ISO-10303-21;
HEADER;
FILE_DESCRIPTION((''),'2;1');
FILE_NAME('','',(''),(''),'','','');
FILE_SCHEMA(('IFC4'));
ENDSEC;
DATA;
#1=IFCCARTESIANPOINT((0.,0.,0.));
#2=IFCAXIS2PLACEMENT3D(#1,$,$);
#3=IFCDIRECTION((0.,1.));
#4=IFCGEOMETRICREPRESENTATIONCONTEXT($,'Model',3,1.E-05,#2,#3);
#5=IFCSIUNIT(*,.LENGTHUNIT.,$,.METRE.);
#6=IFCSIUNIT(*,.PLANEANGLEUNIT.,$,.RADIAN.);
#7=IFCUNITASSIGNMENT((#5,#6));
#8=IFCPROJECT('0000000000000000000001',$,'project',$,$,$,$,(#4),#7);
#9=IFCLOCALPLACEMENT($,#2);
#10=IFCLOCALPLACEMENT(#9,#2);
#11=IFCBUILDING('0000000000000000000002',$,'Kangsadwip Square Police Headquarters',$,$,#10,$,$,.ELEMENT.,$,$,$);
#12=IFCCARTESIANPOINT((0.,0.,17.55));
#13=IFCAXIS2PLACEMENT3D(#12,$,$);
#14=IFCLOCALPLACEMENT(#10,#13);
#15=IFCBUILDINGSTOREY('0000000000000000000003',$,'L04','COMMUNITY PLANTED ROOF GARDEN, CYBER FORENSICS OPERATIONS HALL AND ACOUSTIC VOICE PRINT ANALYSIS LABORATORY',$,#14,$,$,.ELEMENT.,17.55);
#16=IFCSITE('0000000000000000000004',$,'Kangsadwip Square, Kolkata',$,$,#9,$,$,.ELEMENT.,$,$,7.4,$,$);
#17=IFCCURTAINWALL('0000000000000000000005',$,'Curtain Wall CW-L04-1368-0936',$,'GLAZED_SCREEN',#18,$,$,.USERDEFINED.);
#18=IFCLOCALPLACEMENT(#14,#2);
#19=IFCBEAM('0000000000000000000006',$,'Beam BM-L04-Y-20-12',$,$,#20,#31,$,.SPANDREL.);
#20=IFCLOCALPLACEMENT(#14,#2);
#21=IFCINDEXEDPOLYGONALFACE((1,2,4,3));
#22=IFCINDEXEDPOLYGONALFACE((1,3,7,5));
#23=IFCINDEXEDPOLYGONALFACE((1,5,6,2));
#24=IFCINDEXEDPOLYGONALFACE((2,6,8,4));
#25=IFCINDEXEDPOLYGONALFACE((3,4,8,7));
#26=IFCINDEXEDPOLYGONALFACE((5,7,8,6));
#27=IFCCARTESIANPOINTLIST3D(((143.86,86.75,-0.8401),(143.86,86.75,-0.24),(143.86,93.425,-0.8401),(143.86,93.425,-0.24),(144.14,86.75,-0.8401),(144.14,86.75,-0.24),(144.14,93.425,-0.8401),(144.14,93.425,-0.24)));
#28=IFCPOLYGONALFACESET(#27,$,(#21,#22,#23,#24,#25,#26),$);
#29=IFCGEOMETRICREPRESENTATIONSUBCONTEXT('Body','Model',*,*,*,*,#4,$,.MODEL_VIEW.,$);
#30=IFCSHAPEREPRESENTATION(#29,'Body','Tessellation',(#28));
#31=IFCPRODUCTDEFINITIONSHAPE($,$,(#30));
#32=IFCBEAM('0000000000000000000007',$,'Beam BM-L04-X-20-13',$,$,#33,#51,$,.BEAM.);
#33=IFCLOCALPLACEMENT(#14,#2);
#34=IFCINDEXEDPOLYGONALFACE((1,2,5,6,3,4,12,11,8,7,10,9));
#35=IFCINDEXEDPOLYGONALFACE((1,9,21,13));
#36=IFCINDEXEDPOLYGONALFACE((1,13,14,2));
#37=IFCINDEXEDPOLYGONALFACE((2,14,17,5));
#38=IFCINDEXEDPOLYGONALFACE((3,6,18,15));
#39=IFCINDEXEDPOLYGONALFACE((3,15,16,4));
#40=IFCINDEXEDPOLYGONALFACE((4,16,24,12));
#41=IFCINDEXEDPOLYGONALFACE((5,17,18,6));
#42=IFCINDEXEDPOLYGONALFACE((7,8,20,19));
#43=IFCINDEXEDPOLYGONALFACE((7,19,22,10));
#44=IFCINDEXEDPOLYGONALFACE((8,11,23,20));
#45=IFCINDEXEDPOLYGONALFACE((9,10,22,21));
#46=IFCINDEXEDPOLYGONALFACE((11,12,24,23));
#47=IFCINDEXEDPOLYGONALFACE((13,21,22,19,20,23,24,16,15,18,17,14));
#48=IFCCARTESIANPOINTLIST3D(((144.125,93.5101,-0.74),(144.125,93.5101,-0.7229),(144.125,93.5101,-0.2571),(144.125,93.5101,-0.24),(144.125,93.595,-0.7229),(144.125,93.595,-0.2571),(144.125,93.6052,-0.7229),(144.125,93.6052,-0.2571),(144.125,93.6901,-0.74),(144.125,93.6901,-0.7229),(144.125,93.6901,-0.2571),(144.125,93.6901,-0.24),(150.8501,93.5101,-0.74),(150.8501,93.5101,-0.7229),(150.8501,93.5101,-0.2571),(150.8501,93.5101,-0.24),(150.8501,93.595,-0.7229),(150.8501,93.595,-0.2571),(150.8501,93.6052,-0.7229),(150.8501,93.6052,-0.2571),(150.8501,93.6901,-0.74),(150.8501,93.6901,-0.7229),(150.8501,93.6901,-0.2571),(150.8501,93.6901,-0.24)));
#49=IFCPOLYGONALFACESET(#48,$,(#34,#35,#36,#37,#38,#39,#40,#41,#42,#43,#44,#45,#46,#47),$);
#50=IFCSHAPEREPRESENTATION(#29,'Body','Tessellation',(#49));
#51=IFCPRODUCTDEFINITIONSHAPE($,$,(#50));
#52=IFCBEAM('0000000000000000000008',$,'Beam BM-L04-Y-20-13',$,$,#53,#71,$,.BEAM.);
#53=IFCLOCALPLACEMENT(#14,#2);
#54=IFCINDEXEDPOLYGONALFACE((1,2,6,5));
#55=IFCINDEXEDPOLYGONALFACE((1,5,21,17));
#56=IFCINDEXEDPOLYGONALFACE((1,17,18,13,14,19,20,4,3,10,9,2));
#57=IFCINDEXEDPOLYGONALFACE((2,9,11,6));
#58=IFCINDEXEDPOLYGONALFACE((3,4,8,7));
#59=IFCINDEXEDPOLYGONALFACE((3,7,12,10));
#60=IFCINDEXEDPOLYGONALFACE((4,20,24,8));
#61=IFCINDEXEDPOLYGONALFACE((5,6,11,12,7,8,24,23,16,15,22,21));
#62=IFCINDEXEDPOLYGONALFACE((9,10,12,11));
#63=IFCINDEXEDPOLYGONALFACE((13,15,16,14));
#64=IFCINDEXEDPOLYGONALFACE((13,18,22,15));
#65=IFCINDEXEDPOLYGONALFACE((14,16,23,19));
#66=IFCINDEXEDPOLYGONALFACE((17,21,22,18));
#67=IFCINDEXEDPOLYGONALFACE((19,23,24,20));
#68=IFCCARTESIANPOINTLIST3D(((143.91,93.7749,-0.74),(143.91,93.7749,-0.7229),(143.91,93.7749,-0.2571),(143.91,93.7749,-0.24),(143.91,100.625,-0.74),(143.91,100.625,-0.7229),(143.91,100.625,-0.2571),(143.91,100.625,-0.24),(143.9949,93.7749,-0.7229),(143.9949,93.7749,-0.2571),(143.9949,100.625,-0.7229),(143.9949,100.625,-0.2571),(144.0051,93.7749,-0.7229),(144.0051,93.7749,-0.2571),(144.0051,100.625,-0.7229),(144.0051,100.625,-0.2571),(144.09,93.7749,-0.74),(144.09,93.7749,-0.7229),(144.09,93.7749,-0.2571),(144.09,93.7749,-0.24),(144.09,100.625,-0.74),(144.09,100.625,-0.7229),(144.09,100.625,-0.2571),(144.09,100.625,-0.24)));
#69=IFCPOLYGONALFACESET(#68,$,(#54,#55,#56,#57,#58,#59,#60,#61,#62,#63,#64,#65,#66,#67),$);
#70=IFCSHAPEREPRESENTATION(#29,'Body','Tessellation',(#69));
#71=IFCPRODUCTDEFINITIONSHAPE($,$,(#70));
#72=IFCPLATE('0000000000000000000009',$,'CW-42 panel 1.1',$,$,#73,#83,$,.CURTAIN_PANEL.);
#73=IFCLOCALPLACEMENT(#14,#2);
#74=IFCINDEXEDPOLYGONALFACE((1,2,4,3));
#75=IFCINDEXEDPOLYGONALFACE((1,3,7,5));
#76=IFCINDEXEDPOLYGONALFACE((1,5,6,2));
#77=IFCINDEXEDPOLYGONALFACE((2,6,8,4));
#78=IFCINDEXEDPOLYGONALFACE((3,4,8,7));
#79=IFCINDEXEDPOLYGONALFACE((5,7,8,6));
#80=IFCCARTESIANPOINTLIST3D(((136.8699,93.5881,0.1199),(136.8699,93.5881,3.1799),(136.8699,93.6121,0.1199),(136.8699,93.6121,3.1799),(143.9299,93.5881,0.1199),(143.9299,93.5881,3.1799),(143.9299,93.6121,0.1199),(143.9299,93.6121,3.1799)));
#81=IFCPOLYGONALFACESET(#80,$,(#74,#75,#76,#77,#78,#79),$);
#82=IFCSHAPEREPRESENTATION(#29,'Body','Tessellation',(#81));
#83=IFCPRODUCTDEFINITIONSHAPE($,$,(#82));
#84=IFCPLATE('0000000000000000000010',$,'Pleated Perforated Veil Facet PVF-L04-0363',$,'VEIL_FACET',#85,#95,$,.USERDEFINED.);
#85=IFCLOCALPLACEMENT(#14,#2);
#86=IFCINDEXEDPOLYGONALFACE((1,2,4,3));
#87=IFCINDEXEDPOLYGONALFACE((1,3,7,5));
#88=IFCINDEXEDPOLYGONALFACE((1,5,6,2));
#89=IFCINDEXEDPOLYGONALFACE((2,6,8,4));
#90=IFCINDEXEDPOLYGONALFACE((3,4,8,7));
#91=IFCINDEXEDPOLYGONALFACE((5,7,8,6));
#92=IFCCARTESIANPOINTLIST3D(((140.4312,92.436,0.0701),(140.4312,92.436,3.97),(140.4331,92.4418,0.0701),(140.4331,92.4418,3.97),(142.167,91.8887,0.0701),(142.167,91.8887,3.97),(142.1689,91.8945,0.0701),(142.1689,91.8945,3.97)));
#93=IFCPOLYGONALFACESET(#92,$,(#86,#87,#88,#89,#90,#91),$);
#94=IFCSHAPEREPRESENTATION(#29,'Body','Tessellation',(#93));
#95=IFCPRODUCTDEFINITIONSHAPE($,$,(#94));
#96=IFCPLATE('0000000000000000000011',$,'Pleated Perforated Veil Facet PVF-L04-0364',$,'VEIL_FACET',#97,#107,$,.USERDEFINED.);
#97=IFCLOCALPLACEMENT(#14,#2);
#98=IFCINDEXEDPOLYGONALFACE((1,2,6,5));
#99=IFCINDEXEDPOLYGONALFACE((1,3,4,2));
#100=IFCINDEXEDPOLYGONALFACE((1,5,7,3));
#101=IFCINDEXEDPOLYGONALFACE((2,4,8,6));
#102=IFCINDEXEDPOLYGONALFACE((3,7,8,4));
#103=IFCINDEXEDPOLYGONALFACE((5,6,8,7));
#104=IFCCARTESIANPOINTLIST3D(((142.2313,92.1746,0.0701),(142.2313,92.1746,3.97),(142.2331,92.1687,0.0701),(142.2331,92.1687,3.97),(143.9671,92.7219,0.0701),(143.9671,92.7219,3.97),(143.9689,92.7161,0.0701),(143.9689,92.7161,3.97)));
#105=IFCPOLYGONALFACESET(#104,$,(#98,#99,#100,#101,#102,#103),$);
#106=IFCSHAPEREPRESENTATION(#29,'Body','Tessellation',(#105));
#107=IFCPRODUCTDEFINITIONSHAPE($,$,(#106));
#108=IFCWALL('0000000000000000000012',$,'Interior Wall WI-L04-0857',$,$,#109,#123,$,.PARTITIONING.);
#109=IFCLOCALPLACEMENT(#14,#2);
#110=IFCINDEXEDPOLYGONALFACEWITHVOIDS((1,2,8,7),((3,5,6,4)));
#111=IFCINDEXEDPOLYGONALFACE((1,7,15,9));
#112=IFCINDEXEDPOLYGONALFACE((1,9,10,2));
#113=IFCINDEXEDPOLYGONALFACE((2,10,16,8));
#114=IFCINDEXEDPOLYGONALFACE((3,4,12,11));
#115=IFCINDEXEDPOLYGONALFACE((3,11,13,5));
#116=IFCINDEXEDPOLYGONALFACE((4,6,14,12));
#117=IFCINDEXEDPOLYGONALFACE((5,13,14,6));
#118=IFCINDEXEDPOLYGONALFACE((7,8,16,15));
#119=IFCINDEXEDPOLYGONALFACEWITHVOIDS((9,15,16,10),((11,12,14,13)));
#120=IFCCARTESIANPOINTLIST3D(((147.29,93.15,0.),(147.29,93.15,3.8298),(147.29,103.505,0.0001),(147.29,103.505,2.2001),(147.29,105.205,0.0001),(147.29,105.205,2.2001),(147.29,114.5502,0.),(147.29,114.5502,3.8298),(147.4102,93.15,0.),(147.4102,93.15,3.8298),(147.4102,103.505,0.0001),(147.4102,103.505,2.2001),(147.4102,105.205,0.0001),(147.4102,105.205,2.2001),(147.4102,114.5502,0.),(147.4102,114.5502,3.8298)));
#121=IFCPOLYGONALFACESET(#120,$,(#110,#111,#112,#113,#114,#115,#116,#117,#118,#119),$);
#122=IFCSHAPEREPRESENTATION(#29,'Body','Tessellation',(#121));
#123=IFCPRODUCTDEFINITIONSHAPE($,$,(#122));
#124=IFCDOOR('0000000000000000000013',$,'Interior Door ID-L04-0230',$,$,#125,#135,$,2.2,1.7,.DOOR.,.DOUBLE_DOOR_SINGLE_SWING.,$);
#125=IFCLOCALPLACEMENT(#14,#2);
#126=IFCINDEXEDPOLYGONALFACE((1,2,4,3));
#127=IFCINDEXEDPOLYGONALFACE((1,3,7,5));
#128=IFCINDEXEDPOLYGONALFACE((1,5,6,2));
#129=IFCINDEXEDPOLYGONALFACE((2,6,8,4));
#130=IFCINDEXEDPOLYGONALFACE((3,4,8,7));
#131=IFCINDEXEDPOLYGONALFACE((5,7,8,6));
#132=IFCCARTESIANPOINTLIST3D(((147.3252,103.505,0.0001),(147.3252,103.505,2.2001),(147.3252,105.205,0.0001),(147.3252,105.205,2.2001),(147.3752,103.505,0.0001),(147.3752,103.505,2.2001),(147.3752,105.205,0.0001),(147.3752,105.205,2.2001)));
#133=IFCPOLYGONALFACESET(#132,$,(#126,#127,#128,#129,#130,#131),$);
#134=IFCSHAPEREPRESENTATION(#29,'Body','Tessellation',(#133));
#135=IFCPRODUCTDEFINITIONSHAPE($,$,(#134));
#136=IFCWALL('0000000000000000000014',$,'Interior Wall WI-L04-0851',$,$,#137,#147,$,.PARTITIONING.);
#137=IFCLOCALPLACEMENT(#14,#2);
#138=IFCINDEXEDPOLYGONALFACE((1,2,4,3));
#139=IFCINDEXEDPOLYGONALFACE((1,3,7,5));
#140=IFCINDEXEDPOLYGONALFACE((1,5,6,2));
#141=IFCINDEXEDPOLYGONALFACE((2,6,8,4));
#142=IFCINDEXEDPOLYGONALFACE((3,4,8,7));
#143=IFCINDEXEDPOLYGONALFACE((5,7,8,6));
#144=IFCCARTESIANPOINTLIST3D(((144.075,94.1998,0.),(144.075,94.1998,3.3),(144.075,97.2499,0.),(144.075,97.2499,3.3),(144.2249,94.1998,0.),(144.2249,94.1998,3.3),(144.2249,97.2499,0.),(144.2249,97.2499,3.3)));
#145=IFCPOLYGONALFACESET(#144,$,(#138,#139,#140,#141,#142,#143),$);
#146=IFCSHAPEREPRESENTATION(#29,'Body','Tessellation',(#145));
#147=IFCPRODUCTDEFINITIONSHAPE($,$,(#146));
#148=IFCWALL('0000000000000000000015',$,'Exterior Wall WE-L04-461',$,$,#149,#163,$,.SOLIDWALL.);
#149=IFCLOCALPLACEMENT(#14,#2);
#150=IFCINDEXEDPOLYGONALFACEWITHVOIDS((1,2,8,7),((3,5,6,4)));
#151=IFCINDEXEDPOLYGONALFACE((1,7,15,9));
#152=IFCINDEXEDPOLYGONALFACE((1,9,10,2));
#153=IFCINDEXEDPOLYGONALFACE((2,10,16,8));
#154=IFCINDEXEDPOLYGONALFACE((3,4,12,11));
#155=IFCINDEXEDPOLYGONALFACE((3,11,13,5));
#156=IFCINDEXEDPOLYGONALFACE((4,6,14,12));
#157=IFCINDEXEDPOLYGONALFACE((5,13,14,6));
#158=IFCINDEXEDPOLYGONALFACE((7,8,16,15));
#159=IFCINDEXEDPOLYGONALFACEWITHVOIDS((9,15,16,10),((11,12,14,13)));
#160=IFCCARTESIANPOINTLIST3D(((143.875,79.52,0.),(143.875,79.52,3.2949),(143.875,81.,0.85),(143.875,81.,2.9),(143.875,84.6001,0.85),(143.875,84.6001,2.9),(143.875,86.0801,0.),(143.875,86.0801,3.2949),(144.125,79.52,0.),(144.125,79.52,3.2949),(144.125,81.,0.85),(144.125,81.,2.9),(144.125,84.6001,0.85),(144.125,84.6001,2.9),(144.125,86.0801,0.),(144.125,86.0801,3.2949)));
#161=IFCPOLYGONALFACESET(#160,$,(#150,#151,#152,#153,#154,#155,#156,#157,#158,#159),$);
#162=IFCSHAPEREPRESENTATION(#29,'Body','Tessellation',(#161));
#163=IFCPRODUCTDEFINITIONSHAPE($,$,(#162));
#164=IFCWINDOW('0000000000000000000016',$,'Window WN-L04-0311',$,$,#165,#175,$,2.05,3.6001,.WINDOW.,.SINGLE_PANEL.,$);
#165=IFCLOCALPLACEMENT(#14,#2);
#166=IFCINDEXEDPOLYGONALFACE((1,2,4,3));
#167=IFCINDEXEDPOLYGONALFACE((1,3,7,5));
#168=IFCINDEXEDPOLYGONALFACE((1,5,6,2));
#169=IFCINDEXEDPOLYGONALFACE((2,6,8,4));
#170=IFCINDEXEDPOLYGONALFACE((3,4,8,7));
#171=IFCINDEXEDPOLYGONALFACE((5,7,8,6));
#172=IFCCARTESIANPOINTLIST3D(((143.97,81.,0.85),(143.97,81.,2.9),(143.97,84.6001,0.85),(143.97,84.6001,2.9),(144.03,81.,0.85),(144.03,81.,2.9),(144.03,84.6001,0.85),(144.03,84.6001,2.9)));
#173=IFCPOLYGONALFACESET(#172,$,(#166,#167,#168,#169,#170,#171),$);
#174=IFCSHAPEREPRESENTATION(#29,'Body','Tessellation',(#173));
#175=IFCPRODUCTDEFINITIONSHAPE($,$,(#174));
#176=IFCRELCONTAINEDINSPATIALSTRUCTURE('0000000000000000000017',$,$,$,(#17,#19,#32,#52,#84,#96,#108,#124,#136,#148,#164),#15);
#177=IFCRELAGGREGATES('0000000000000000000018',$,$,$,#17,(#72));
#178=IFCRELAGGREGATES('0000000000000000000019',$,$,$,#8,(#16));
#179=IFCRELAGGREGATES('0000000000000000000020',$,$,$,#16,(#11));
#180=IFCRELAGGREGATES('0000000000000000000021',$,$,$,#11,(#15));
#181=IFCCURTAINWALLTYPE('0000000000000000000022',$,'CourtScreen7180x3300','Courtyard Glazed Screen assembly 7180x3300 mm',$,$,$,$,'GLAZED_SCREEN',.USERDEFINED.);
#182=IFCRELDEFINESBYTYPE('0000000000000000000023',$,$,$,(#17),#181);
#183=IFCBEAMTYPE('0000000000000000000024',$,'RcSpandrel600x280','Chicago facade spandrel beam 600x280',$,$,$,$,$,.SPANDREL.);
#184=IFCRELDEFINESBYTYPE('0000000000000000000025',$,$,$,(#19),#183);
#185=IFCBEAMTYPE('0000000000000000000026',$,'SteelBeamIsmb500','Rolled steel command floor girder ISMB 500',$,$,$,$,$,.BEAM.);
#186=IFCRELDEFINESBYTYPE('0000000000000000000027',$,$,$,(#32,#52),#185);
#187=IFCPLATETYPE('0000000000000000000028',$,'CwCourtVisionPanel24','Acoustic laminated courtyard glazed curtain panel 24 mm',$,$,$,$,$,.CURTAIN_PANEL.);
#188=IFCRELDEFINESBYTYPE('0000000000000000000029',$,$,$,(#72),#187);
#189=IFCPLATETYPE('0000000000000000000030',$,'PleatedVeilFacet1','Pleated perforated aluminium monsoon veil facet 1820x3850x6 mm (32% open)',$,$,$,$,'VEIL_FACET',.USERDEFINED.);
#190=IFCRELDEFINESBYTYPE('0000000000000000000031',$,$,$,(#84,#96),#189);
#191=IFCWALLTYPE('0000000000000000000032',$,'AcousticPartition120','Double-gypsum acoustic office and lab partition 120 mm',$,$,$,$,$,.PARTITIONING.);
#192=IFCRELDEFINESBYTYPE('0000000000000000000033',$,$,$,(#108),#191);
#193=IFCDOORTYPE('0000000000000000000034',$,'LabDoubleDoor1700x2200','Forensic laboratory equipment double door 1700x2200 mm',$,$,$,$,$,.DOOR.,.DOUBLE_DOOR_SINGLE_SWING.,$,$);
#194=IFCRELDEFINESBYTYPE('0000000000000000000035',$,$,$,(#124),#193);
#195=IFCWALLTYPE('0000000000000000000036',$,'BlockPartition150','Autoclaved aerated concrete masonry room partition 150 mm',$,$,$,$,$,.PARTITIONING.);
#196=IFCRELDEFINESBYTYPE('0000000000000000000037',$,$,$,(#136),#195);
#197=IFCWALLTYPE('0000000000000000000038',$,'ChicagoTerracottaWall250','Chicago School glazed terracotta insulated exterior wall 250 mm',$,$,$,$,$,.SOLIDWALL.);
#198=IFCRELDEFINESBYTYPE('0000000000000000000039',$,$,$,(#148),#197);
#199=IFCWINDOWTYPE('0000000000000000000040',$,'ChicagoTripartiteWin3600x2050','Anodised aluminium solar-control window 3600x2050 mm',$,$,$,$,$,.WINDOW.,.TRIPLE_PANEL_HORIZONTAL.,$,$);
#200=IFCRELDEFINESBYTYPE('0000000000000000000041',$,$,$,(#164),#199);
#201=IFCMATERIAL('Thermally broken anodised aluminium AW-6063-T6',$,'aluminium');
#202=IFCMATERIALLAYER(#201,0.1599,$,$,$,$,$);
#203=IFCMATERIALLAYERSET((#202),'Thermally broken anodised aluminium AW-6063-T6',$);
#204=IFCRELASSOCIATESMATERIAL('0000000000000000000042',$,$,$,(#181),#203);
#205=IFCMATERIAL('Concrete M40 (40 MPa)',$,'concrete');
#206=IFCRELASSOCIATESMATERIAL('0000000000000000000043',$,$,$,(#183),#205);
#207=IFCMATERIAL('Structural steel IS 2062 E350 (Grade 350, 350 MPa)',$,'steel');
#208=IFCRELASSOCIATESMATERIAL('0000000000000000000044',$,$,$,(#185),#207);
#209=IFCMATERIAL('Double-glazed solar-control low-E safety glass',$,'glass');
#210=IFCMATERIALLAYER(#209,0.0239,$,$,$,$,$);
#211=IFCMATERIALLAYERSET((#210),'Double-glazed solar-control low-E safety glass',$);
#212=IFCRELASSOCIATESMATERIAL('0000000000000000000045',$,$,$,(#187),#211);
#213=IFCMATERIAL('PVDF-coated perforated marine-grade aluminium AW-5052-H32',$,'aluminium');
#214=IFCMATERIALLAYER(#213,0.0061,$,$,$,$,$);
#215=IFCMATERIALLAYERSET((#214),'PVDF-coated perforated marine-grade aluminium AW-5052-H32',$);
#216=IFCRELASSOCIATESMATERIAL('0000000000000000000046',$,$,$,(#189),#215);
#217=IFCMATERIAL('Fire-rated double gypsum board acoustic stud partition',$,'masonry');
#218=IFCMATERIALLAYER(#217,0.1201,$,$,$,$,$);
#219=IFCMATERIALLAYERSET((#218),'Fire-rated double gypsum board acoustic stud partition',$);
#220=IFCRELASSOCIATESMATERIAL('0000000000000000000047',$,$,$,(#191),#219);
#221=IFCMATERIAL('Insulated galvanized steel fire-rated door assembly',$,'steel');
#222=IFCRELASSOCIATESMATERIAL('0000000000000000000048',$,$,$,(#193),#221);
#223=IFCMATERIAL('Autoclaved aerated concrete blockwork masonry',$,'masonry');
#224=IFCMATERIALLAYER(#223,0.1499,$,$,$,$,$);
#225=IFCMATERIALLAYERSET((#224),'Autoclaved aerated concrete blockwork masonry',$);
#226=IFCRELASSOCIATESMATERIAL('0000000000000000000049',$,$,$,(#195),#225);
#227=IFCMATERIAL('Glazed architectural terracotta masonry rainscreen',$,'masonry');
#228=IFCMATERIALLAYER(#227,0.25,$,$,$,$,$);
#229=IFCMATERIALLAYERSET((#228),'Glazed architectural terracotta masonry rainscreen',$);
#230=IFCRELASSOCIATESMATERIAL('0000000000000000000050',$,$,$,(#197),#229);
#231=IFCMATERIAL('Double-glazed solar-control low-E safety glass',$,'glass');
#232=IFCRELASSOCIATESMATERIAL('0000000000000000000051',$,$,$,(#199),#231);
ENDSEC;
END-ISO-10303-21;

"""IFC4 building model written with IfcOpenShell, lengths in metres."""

from ifc_helpers import new_model, si_unit, direction, frame, frame_2d, origin, origin_2d, place, context, subcontext, project, spatial, rectangle, i_section, extrude, material, layer, layer_set, material_profile, profile_set, type_object, element, fill, aggregate, save


model = new_model("IFC4")

# Units and contexts
model_context = context("Model", 3, precision=1e-05, world=origin(), true_north=direction((0.0, 1.0)))
body_context = subcontext(model_context, "Body", "Model", "MODEL_VIEW")
ifc_project = project(units=[si_unit("LENGTHUNIT", "METRE"), si_unit("PLANEANGLEUNIT", "RADIAN")], contexts=[model_context])

# Site, building, storey
site_placement = place(None, origin())
site = spatial("IfcSite", under=ifc_project, at=site_placement, Name="Kangsadwip Square, Kolkata", CompositionType="ELEMENT", RefElevation=7.4)
building_placement = place(site_placement, origin())
building = spatial("IfcBuilding", under=site, at=building_placement, Name="Kangsadwip Square Police Headquarters", CompositionType="ELEMENT")
storey_placement = place(building_placement, frame((0.0, 0.0, 17.55)))
storey = spatial("IfcBuildingStorey", under=building, at=storey_placement, Name="L04", Description="COMMUNITY PLANTED ROOF GARDEN, CYBER FORENSICS OPERATIONS HALL AND ACOUSTIC VOICE PRINT ANALYSIS LABORATORY", CompositionType="ELEMENT", Elevation=17.55)

# Curtain wall
ifc_material_1 = material(Name="Thermally broken anodised aluminium AW-6063-T6", Category="aluminium")
ifc_layer_1 = layer(ifc_material_1, 0.1599)
ifc_layer_set_1 = layer_set([ifc_layer_1], Name="Thermally broken anodised aluminium AW-6063-T6")
curtain_wall_type = type_object("IfcCurtainWallType", Name="CourtScreen7180x3300", Description="Courtyard Glazed Screen assembly 7180x3300 mm", ElementType="GLAZED_SCREEN", PredefinedType="USERDEFINED", material=ifc_layer_set_1)
curtain_wall_placement = place(storey_placement, origin())
curtain_wall = element("IfcCurtainWall", 1, at=curtain_wall_placement, inside=storey, type_object=curtain_wall_type, Name="Curtain Wall CW-L04-1368-0936", ObjectType="GLAZED_SCREEN", PredefinedType="USERDEFINED")

# Beams
ifc_material_2 = material(Name="Concrete M40 (40 MPa)", Category="concrete")
ifc_material_profile_1 = material_profile(ifc_material_2, rectangle(XDim=0.28, YDim=0.6001, at=origin_2d()), Name="RC SPN 600X280")
ifc_profile_set_1 = profile_set([ifc_material_profile_1], Name="Concrete M40 (40 MPa)")
beam_type_1 = type_object("IfcBeamType", Name="RcSpandrel600x280", Description="Chicago facade spandrel beam 600x280", PredefinedType="SPANDREL", material=ifc_profile_set_1)
beam_1_placement = place(storey_placement, frame((144.0, 86.75, -0.54), z_axis=(0.0, 1.0, 0.0), x_axis=(-1.0, 0.0, 0.0)))
element("IfcBeam", 2, at=beam_1_placement, inside=storey, type_object=beam_type_1, Name="Beam BM-L04-Y-20-12", PredefinedType="SPANDREL", context=body_context, shape_type="SweptSolid", body=[
    extrude(rectangle(XDim=0.28, YDim=0.6001, at=origin_2d()), origin(), (0.0, 0.0, 1.0), 6.675),
])
ifc_material_3 = material(Name="Structural steel IS 2062 E350 (Grade 350, 350 MPa)", Category="steel")
ifc_material_profile_2 = material_profile(ifc_material_3, i_section(OverallWidth=0.1799, OverallDepth=0.5, WebThickness=0.0103, FlangeThickness=0.0171, at=origin_2d()), Name="ISMB 500")
ifc_profile_set_2 = profile_set([ifc_material_profile_2], Name="Structural steel IS 2062 E350 (Grade 350, 350 MPa)")
beam_type_2 = type_object("IfcBeamType", Name="SteelBeamIsmb500", Description="Rolled steel command floor girder ISMB 500", PredefinedType="BEAM", material=ifc_profile_set_2)
beam_2_placement = place(storey_placement, frame((144.125, 93.6001, -0.49), z_axis=(1.0, 0.0, 0.0), x_axis=(0.0, 1.0, 0.0)))
element("IfcBeam", 3, at=beam_2_placement, inside=storey, type_object=beam_type_2, Name="Beam BM-L04-X-20-13", PredefinedType="BEAM", context=body_context, shape_type="SweptSolid", body=[
    extrude(i_section(OverallWidth=0.1799, OverallDepth=0.5, WebThickness=0.0103, FlangeThickness=0.0171, at=origin_2d()), origin(), (0.0, 0.0, 1.0), 6.7251),
])
beam_3_placement = place(storey_placement, frame((144.0, 93.7749, -0.49), z_axis=(0.0, 1.0, 0.0), x_axis=(-1.0, 0.0, 0.0)))
element("IfcBeam", 4, at=beam_3_placement, inside=storey, type_object=beam_type_2, Name="Beam BM-L04-Y-20-13", PredefinedType="BEAM", context=body_context, shape_type="SweptSolid", body=[
    extrude(i_section(OverallWidth=0.1799, OverallDepth=0.5, WebThickness=0.0103, FlangeThickness=0.0171, at=origin_2d()), origin(), (0.0, 0.0, 1.0), 6.8501),
])

# Plate
ifc_material_4 = material(Name="Double-glazed solar-control low-E safety glass", Category="glass")
ifc_layer_2 = layer(ifc_material_4, 0.0239)
ifc_layer_set_2 = layer_set([ifc_layer_2], Name="Double-glazed solar-control low-E safety glass")
plate_type_1 = type_object("IfcPlateType", Name="CwCourtVisionPanel24", Description="Acoustic laminated courtyard glazed curtain panel 24 mm", PredefinedType="CURTAIN_PANEL", material=ifc_layer_set_2)
plate_placement = place(storey_placement, frame((140.3999, 93.6001, 0.1199), z_axis=(0.0, 0.0, 1.0), x_axis=(1.0, 0.0, 0.0)))
plate = element("IfcPlate", 5, at=plate_placement, type_object=plate_type_1, Name="CW-42 panel 1.1", PredefinedType="CURTAIN_PANEL", context=body_context, shape_type="SweptSolid", body=[
    extrude(rectangle(XDim=7.0601, YDim=0.0239, at=origin_2d()), origin(), (0.0, 0.0, 1.0), 3.0601),
])
aggregate(curtain_wall, [plate])

# Plates
ifc_material_5 = material(Name="PVDF-coated perforated marine-grade aluminium AW-5052-H32", Category="aluminium")
ifc_layer_3 = layer(ifc_material_5, 0.0061)
ifc_layer_set_3 = layer_set([ifc_layer_3], Name="PVDF-coated perforated marine-grade aluminium AW-5052-H32")
plate_type_2 = type_object("IfcPlateType", Name="PleatedVeilFacet1", Description="Pleated perforated aluminium monsoon veil facet 1820x3850x6 mm (32% open)", ElementType="VEIL_FACET", PredefinedType="USERDEFINED", material=ifc_layer_set_3)
for number, where, z_axis, x_axis, name in (
    (6, (141.3, 92.1653, 0.0701), (0.0, 0.0, 1.0), (0.953717, -0.300706, 0.0), "Pleated Perforated Veil Facet PVF-L04-0363"),
    (7, (143.1001, 92.4453, 0.0701), (0.0, 0.0, 1.0), (0.953717, 0.300706, 0.0), "Pleated Perforated Veil Facet PVF-L04-0364"),
):
    element("IfcPlate", number, at=place(storey_placement, frame(where, z_axis=z_axis, x_axis=x_axis)), inside=storey, type_object=plate_type_2, Name=name, ObjectType="VEIL_FACET", PredefinedType="USERDEFINED", context=body_context, shape_type="SweptSolid", body=[
        extrude(rectangle(XDim=1.8201, YDim=0.0061, at=origin_2d()), origin(), (0.0, 0.0, 1.0), 3.8999),
    ])

# Wall, opening, door
ifc_material_6 = material(Name="Fire-rated double gypsum board acoustic stud partition", Category="masonry")
ifc_layer_4 = layer(ifc_material_6, 0.1201)
ifc_layer_set_4 = layer_set([ifc_layer_4], Name="Fire-rated double gypsum board acoustic stud partition")
wall_type_1 = type_object("IfcWallType", Name="AcousticPartition120", Description="Double-gypsum acoustic office and lab partition 120 mm", PredefinedType="PARTITIONING", material=ifc_layer_set_4)
wall_1_placement = place(storey_placement, frame((147.3501, 93.1499, 0.0), z_axis=(0.0, 0.0, 1.0), x_axis=(0.0, 1.0, 0.0)))
wall_1 = element("IfcWall", 8, at=wall_1_placement, inside=storey, type_object=wall_type_1, Name="Interior Wall WI-L04-0857", PredefinedType="PARTITIONING", context=body_context, shape_type="SweptSolid", body=[
    extrude(rectangle(XDim=21.4001, YDim=0.1201, at=frame_2d((10.7002, 0.0))), origin(), (0.0, 0.0, 1.0), 3.8298),
])
opening_1_placement = place(wall_1_placement, frame((10.355, 0.0, 0.0)))
opening_1 = element("IfcOpeningElement", 9, at=opening_1_placement, cuts=wall_1, PredefinedType="OPENING", context=body_context, shape_type="SweptSolid", body=[
    extrude(rectangle(XDim=1.7, YDim=2.2, at=frame_2d((0.8501, 1.1001))), frame((0.0, 0.0701, 0.0), z_axis=(0.0, -1.0, 0.0), x_axis=(1.0, 0.0, 0.0)), (0.0, 0.0, 1.0), 0.1401),
])
ifc_material_7 = material(Name="Insulated galvanized steel fire-rated door assembly", Category="steel")
door_type_1 = type_object("IfcDoorType", Name="LabDoubleDoor1700x2200", Description="Forensic laboratory equipment double door 1700x2200 mm", OperationType="DOUBLE_DOOR_SINGLE_SWING", PredefinedType="DOOR", material=ifc_material_7)
door_1_placement = place(opening_1_placement, origin())
door_1 = element("IfcDoor", 10, at=door_1_placement, inside=storey, type_object=door_type_1, Name="Interior Door ID-L04-0230", OperationType="DOUBLE_DOOR_SINGLE_SWING", OverallHeight=2.2, OverallWidth=1.7, PredefinedType="DOOR", context=body_context, shape_type="SweptSolid", body=[
    extrude(rectangle(XDim=1.7, YDim=2.2, at=frame_2d((0.8501, 1.1001))), frame((0.0, 0.0249, 0.0), z_axis=(0.0, -1.0, 0.0), x_axis=(1.0, 0.0, 0.0)), (0.0, 0.0, 1.0), 0.05),
])
fill(opening_1, door_1)

# Wall
ifc_material_8 = material(Name="Autoclaved aerated concrete blockwork masonry", Category="masonry")
ifc_layer_5 = layer(ifc_material_8, 0.1499)
ifc_layer_set_5 = layer_set([ifc_layer_5], Name="Autoclaved aerated concrete blockwork masonry")
wall_type_2 = type_object("IfcWallType", Name="BlockPartition150", Description="Autoclaved aerated concrete masonry room partition 150 mm", PredefinedType="PARTITIONING", material=ifc_layer_set_5)
wall_2_placement = place(storey_placement, frame((144.1499, 94.2, 0.0), z_axis=(0.0, 0.0, 1.0), x_axis=(0.0, 1.0, 0.0)))
element("IfcWall", 11, at=wall_2_placement, inside=storey, type_object=wall_type_2, Name="Interior Wall WI-L04-0851", PredefinedType="PARTITIONING", context=body_context, shape_type="SweptSolid", body=[
    extrude(rectangle(XDim=3.05, YDim=0.1499, at=frame_2d((1.5249, 0.0))), origin(), (0.0, 0.0, 1.0), 3.3),
])

# Wall, opening, window
ifc_material_9 = material(Name="Glazed architectural terracotta masonry rainscreen", Category="masonry")
ifc_layer_6 = layer(ifc_material_9, 0.25)
ifc_layer_set_6 = layer_set([ifc_layer_6], Name="Glazed architectural terracotta masonry rainscreen")
wall_type_3 = type_object("IfcWallType", Name="ChicagoTerracottaWall250", Description="Chicago School glazed terracotta insulated exterior wall 250 mm", PredefinedType="SOLIDWALL", material=ifc_layer_set_6)
wall_3_placement = place(storey_placement, frame((144.0, 79.52, 0.0), z_axis=(0.0, 0.0, 1.0), x_axis=(0.0, 1.0, 0.0)))
wall_3 = element("IfcWall", 12, at=wall_3_placement, inside=storey, type_object=wall_type_3, Name="Exterior Wall WE-L04-461", PredefinedType="SOLIDWALL", context=body_context, shape_type="SweptSolid", body=[
    extrude(rectangle(XDim=6.5601, YDim=0.25, at=frame_2d((3.28, 0.0))), origin(), (0.0, 0.0, 1.0), 3.2949),
])
opening_2_placement = place(wall_3_placement, frame((1.48, 0.0, 0.8501)))
opening_2 = element("IfcOpeningElement", 13, at=opening_2_placement, cuts=wall_3, PredefinedType="OPENING", context=body_context, shape_type="SweptSolid", body=[
    extrude(rectangle(XDim=3.6001, YDim=2.05, at=frame_2d((1.8, 1.0249))), frame((0.0, 0.135, 0.0), z_axis=(0.0, -1.0, 0.0), x_axis=(1.0, 0.0, 0.0)), (0.0, 0.0, 1.0), 0.27),
])
ifc_material_10 = material(Name="Double-glazed solar-control low-E safety glass", Category="glass")
window_type_1 = type_object("IfcWindowType", Name="ChicagoTripartiteWin3600x2050", Description="Anodised aluminium solar-control window 3600x2050 mm", PartitioningType="TRIPLE_PANEL_HORIZONTAL", PredefinedType="WINDOW", material=ifc_material_10)
window_1_placement = place(opening_2_placement, origin())
window_1 = element("IfcWindow", 14, at=window_1_placement, inside=storey, type_object=window_type_1, Name="Window WN-L04-0311", OverallHeight=2.05, OverallWidth=3.6001, PartitioningType="SINGLE_PANEL", PredefinedType="WINDOW", context=body_context, shape_type="SweptSolid", body=[
    extrude(rectangle(XDim=3.6001, YDim=2.05, at=frame_2d((1.8, 1.0249))), frame((0.0, 0.03, 0.0), z_axis=(0.0, -1.0, 0.0), x_axis=(1.0, 0.0, 0.0)), (0.0, 0.0, 1.0), 0.0601),
])
fill(opening_2, window_1)

save(model, "model.ifc")
